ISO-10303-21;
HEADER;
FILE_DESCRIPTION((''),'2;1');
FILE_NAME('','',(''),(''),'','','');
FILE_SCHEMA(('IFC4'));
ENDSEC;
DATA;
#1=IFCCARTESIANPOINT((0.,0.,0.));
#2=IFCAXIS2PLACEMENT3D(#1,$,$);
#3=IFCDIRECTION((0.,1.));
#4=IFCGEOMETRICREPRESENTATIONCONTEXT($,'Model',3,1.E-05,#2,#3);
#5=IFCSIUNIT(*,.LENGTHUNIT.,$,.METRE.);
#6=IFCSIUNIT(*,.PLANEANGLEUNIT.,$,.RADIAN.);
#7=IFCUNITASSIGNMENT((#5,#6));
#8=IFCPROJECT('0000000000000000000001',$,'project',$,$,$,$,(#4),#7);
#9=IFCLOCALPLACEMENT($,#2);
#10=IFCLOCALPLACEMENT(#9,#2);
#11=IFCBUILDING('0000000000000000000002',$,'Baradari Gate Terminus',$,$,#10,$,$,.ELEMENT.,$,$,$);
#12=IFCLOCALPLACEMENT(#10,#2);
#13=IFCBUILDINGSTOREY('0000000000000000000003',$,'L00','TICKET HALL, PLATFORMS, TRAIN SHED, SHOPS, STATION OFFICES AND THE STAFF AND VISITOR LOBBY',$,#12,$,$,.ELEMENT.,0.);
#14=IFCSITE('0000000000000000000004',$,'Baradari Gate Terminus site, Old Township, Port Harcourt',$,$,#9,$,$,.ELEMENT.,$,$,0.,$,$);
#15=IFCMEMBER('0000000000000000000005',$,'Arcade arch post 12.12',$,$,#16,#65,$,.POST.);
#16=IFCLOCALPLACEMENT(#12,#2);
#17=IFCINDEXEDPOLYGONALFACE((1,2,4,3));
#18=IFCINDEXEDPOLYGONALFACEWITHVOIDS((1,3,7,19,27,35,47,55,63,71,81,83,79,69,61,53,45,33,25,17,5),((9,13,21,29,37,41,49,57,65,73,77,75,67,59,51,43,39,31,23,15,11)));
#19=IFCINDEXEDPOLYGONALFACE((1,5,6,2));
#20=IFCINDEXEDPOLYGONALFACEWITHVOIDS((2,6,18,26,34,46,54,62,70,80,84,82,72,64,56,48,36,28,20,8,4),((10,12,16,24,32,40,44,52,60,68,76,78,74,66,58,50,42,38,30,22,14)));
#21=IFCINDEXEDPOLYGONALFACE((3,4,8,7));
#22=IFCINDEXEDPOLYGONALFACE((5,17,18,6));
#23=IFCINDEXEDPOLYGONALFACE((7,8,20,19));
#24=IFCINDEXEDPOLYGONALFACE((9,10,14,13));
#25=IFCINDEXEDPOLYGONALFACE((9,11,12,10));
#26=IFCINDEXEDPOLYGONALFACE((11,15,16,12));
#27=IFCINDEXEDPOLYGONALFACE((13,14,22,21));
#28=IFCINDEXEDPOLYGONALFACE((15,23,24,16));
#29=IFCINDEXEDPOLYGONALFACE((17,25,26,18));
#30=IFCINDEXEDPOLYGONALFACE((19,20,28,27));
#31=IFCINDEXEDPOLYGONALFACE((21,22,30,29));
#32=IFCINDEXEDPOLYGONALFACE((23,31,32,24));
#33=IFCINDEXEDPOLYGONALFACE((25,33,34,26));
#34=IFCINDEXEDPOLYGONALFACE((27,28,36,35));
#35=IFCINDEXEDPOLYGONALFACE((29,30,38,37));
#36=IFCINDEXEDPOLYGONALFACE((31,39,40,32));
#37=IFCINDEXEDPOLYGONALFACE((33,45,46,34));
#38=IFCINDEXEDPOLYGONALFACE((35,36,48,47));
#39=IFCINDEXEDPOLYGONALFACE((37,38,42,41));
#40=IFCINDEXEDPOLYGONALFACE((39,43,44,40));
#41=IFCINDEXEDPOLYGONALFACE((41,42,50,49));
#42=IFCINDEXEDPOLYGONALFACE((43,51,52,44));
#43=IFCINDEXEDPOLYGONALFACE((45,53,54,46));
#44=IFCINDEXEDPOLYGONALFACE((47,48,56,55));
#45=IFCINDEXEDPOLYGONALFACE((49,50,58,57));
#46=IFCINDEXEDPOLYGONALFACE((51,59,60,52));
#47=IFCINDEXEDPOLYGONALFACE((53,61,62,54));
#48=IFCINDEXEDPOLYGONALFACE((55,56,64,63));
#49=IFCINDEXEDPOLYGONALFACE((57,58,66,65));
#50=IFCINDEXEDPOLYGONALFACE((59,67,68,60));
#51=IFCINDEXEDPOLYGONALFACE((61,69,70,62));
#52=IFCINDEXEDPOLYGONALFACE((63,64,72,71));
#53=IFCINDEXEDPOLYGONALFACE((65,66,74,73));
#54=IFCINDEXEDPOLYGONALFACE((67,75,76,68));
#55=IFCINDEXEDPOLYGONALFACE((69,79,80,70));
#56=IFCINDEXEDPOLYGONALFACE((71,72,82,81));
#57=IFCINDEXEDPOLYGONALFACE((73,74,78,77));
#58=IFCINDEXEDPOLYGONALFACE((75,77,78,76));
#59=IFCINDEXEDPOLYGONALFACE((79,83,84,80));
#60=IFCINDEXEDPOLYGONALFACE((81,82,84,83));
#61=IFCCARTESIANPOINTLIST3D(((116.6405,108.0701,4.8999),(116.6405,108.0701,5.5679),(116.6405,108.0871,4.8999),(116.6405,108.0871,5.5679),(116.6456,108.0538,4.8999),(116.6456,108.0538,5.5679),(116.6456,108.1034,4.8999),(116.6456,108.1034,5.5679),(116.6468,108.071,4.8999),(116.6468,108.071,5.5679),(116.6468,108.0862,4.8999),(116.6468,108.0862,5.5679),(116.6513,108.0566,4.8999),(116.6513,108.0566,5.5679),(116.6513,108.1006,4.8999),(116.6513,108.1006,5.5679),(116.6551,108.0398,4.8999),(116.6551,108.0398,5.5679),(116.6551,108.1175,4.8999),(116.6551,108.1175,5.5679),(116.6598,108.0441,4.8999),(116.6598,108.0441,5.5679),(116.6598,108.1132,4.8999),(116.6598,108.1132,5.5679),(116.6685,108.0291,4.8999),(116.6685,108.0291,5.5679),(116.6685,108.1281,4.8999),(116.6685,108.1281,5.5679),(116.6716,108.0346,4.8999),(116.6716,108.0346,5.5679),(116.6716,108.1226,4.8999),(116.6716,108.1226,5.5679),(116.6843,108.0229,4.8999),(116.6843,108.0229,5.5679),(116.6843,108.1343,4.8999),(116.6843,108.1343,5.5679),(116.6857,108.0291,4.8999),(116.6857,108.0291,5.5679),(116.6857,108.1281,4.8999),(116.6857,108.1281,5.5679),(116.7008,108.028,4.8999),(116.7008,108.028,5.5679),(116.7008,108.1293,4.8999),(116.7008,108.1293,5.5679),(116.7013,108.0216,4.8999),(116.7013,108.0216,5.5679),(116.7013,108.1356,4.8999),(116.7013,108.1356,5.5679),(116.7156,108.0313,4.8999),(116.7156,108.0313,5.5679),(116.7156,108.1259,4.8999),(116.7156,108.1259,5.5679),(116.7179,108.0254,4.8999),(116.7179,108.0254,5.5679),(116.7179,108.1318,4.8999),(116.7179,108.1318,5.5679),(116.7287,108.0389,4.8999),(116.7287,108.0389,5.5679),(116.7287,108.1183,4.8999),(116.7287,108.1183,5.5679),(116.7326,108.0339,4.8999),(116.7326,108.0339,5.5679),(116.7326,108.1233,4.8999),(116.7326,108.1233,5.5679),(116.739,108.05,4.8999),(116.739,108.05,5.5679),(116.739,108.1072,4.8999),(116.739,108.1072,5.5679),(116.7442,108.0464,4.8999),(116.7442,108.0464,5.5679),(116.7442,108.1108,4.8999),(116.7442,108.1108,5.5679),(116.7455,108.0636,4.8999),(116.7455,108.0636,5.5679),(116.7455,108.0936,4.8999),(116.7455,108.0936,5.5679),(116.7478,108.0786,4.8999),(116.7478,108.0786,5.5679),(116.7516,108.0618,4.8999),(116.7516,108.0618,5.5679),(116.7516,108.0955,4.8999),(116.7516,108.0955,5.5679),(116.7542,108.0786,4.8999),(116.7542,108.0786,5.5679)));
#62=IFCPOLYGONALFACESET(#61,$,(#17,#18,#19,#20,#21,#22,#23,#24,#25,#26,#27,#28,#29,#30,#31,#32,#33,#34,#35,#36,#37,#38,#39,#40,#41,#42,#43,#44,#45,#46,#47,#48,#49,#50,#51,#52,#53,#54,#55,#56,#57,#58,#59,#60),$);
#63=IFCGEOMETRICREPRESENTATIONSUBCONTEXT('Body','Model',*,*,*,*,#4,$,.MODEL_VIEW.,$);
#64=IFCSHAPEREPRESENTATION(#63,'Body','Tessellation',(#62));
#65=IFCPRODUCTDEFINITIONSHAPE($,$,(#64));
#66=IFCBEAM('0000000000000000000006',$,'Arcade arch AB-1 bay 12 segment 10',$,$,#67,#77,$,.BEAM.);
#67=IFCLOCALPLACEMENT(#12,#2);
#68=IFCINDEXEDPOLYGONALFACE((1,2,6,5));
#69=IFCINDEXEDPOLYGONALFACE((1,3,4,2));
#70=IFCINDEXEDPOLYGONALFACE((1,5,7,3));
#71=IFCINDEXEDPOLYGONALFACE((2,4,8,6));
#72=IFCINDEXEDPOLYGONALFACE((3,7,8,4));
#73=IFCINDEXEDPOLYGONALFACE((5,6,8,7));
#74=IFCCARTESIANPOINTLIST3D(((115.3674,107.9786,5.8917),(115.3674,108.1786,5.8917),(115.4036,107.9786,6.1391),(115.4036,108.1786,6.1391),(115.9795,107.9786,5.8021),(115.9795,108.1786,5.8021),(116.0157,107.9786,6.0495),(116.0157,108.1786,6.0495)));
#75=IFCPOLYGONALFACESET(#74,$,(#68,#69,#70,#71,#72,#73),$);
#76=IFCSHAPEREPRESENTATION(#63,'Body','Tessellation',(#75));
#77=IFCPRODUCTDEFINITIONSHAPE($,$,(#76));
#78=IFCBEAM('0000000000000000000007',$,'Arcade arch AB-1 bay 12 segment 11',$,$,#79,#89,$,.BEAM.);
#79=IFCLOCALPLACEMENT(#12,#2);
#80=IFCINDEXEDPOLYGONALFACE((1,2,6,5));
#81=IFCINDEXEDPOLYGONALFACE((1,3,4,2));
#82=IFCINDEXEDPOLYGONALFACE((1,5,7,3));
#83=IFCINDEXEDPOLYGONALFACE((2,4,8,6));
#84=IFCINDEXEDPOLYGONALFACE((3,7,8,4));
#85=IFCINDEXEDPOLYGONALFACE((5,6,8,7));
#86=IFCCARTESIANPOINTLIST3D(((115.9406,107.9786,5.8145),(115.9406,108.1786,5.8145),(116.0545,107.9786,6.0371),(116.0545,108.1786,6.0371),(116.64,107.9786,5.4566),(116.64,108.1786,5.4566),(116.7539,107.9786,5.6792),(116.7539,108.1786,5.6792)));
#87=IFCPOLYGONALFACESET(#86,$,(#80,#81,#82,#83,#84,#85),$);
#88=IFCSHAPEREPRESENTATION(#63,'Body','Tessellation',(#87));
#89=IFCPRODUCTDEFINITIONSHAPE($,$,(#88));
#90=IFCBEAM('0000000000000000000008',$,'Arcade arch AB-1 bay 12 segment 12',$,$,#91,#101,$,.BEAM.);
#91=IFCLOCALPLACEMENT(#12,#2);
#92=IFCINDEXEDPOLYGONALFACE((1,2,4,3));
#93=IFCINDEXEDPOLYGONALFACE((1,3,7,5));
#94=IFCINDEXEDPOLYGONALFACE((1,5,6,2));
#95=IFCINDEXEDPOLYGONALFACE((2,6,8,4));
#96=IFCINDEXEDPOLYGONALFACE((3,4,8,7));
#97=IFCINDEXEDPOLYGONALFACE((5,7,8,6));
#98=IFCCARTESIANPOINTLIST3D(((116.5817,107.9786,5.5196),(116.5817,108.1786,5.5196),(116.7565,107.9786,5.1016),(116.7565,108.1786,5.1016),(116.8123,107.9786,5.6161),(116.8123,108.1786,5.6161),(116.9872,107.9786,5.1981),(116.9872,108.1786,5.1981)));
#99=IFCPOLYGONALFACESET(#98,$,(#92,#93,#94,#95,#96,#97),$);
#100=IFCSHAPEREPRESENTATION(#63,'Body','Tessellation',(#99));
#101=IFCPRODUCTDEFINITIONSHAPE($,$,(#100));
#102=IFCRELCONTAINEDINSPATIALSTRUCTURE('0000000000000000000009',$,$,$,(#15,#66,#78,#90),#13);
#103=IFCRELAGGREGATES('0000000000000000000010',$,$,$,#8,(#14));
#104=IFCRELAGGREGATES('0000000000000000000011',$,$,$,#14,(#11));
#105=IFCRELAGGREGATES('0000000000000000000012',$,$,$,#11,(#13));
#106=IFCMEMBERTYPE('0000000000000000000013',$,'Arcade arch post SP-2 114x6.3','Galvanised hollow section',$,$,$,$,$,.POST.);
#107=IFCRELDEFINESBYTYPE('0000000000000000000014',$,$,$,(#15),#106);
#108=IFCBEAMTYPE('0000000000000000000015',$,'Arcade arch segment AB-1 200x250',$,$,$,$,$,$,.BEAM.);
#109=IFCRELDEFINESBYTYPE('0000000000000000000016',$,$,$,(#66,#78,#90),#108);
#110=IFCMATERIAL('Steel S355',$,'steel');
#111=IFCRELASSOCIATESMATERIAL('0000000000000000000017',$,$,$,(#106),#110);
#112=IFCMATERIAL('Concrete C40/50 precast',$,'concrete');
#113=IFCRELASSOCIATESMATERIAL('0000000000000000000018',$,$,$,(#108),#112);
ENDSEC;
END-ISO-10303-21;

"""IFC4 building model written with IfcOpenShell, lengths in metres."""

from ifc_helpers import new_model, si_unit, direction, frame, origin, origin_2d, place, context, subcontext, project, spatial, rectangle, hollow_circle, extrude, material, material_profile, profile_set, type_object, element, save


model = new_model("IFC4")

# Units and contexts
model_context = context("Model", 3, precision=1e-05, world=origin(), true_north=direction((0.0, 1.0)))
body_context = subcontext(model_context, "Body", "Model", "MODEL_VIEW")
ifc_project = project(units=[si_unit("LENGTHUNIT", "METRE"), si_unit("PLANEANGLEUNIT", "RADIAN")], contexts=[model_context])

# Site, building, storey
site_placement = place(None, origin())
site = spatial("IfcSite", under=ifc_project, at=site_placement, Name="Baradari Gate Terminus site, Old Township, Port Harcourt", CompositionType="ELEMENT", RefElevation=0.0)
building_placement = place(site_placement, origin())
building = spatial("IfcBuilding", under=site, at=building_placement, Name="Baradari Gate Terminus", CompositionType="ELEMENT")
storey_placement = place(building_placement, origin())
storey = spatial("IfcBuildingStorey", under=building, at=storey_placement, Name="L00", Description="TICKET HALL, PLATFORMS, TRAIN SHED, SHOPS, STATION OFFICES AND THE STAFF AND VISITOR LOBBY", CompositionType="ELEMENT", Elevation=0.0)

# Member
ifc_material_1 = material(Name="Steel S355", Category="steel")
ifc_material_profile_1 = material_profile(ifc_material_1, hollow_circle(Radius=0.0571, WallThickness=0.0063, at=origin_2d()), Name="CHS 114.3x6.3")
ifc_profile_set_1 = profile_set([ifc_material_profile_1], Name="Steel S355")
member_type = type_object("IfcMemberType", Name="Arcade arch post SP-2 114x6.3", Description="Galvanised hollow section", PredefinedType="POST", material=ifc_profile_set_1)
member_1_placement = place(storey_placement, frame((116.697, 108.0786, 4.8999), z_axis=(0.0, 0.0, 1.0), x_axis=(1.0, 0.0, 0.0)))
element("IfcMember", 1, at=member_1_placement, inside=storey, type_object=member_type, Name="Arcade arch post 12.12", PredefinedType="POST", context=body_context, shape_type="SweptSolid", body=[
    extrude(hollow_circle(Radius=0.0571, WallThickness=0.0063, at=origin_2d()), origin(), (0.0, 0.0, 1.0), 0.668),
])

# Beams
ifc_material_2 = material(Name="Concrete C40/50 precast", Category="concrete")
ifc_material_profile_2 = material_profile(ifc_material_2, rectangle(XDim=0.2, YDim=0.25, at=origin_2d()), Name="AB-1 200X250")
ifc_profile_set_2 = profile_set([ifc_material_profile_2], Name="Concrete C40/50 precast")
beam_type = type_object("IfcBeamType", Name="Arcade arch segment AB-1 200x250", PredefinedType="BEAM", material=ifc_profile_set_2)
beam_1_placement = place(storey_placement, frame((115.3855, 108.0786, 6.0154), z_axis=(0.989454, 0.0, -0.144846), x_axis=(0.0, 1.0, 0.0)))
element("IfcBeam", 2, at=beam_1_placement, inside=storey, type_object=beam_type, Name="Arcade arch AB-1 bay 12 segment 10", PredefinedType="BEAM", context=body_context, shape_type="SweptSolid", body=[
    extrude(rectangle(XDim=0.2, YDim=0.25, at=origin_2d()), origin(), (0.0, 0.0, 1.0), 0.6187),
])
beam_2_placement = place(storey_placement, frame((115.9976, 108.0786, 5.9258), z_axis=(0.890225, 0.0, -0.455522), x_axis=(0.0, 1.0, 0.0)))
element("IfcBeam", 3, at=beam_2_placement, inside=storey, type_object=beam_type, Name="Arcade arch AB-1 bay 12 segment 11", PredefinedType="BEAM", context=body_context, shape_type="SweptSolid", body=[
    extrude(rectangle(XDim=0.2, YDim=0.25, at=origin_2d()), origin(), (0.0, 0.0, 1.0), 0.7856),
])
beam_3_placement = place(storey_placement, frame((116.697, 108.0786, 5.5679), z_axis=(0.385839, 0.0, -0.922566), x_axis=(0.0, 1.0, 0.0)))
element("IfcBeam", 4, at=beam_3_placement, inside=storey, type_object=beam_type, Name="Arcade arch AB-1 bay 12 segment 12", PredefinedType="BEAM", context=body_context, shape_type="SweptSolid", body=[
    extrude(rectangle(XDim=0.2, YDim=0.25, at=origin_2d()), origin(), (0.0, 0.0, 1.0), 0.4531),
])

save(model, "model.ifc")
